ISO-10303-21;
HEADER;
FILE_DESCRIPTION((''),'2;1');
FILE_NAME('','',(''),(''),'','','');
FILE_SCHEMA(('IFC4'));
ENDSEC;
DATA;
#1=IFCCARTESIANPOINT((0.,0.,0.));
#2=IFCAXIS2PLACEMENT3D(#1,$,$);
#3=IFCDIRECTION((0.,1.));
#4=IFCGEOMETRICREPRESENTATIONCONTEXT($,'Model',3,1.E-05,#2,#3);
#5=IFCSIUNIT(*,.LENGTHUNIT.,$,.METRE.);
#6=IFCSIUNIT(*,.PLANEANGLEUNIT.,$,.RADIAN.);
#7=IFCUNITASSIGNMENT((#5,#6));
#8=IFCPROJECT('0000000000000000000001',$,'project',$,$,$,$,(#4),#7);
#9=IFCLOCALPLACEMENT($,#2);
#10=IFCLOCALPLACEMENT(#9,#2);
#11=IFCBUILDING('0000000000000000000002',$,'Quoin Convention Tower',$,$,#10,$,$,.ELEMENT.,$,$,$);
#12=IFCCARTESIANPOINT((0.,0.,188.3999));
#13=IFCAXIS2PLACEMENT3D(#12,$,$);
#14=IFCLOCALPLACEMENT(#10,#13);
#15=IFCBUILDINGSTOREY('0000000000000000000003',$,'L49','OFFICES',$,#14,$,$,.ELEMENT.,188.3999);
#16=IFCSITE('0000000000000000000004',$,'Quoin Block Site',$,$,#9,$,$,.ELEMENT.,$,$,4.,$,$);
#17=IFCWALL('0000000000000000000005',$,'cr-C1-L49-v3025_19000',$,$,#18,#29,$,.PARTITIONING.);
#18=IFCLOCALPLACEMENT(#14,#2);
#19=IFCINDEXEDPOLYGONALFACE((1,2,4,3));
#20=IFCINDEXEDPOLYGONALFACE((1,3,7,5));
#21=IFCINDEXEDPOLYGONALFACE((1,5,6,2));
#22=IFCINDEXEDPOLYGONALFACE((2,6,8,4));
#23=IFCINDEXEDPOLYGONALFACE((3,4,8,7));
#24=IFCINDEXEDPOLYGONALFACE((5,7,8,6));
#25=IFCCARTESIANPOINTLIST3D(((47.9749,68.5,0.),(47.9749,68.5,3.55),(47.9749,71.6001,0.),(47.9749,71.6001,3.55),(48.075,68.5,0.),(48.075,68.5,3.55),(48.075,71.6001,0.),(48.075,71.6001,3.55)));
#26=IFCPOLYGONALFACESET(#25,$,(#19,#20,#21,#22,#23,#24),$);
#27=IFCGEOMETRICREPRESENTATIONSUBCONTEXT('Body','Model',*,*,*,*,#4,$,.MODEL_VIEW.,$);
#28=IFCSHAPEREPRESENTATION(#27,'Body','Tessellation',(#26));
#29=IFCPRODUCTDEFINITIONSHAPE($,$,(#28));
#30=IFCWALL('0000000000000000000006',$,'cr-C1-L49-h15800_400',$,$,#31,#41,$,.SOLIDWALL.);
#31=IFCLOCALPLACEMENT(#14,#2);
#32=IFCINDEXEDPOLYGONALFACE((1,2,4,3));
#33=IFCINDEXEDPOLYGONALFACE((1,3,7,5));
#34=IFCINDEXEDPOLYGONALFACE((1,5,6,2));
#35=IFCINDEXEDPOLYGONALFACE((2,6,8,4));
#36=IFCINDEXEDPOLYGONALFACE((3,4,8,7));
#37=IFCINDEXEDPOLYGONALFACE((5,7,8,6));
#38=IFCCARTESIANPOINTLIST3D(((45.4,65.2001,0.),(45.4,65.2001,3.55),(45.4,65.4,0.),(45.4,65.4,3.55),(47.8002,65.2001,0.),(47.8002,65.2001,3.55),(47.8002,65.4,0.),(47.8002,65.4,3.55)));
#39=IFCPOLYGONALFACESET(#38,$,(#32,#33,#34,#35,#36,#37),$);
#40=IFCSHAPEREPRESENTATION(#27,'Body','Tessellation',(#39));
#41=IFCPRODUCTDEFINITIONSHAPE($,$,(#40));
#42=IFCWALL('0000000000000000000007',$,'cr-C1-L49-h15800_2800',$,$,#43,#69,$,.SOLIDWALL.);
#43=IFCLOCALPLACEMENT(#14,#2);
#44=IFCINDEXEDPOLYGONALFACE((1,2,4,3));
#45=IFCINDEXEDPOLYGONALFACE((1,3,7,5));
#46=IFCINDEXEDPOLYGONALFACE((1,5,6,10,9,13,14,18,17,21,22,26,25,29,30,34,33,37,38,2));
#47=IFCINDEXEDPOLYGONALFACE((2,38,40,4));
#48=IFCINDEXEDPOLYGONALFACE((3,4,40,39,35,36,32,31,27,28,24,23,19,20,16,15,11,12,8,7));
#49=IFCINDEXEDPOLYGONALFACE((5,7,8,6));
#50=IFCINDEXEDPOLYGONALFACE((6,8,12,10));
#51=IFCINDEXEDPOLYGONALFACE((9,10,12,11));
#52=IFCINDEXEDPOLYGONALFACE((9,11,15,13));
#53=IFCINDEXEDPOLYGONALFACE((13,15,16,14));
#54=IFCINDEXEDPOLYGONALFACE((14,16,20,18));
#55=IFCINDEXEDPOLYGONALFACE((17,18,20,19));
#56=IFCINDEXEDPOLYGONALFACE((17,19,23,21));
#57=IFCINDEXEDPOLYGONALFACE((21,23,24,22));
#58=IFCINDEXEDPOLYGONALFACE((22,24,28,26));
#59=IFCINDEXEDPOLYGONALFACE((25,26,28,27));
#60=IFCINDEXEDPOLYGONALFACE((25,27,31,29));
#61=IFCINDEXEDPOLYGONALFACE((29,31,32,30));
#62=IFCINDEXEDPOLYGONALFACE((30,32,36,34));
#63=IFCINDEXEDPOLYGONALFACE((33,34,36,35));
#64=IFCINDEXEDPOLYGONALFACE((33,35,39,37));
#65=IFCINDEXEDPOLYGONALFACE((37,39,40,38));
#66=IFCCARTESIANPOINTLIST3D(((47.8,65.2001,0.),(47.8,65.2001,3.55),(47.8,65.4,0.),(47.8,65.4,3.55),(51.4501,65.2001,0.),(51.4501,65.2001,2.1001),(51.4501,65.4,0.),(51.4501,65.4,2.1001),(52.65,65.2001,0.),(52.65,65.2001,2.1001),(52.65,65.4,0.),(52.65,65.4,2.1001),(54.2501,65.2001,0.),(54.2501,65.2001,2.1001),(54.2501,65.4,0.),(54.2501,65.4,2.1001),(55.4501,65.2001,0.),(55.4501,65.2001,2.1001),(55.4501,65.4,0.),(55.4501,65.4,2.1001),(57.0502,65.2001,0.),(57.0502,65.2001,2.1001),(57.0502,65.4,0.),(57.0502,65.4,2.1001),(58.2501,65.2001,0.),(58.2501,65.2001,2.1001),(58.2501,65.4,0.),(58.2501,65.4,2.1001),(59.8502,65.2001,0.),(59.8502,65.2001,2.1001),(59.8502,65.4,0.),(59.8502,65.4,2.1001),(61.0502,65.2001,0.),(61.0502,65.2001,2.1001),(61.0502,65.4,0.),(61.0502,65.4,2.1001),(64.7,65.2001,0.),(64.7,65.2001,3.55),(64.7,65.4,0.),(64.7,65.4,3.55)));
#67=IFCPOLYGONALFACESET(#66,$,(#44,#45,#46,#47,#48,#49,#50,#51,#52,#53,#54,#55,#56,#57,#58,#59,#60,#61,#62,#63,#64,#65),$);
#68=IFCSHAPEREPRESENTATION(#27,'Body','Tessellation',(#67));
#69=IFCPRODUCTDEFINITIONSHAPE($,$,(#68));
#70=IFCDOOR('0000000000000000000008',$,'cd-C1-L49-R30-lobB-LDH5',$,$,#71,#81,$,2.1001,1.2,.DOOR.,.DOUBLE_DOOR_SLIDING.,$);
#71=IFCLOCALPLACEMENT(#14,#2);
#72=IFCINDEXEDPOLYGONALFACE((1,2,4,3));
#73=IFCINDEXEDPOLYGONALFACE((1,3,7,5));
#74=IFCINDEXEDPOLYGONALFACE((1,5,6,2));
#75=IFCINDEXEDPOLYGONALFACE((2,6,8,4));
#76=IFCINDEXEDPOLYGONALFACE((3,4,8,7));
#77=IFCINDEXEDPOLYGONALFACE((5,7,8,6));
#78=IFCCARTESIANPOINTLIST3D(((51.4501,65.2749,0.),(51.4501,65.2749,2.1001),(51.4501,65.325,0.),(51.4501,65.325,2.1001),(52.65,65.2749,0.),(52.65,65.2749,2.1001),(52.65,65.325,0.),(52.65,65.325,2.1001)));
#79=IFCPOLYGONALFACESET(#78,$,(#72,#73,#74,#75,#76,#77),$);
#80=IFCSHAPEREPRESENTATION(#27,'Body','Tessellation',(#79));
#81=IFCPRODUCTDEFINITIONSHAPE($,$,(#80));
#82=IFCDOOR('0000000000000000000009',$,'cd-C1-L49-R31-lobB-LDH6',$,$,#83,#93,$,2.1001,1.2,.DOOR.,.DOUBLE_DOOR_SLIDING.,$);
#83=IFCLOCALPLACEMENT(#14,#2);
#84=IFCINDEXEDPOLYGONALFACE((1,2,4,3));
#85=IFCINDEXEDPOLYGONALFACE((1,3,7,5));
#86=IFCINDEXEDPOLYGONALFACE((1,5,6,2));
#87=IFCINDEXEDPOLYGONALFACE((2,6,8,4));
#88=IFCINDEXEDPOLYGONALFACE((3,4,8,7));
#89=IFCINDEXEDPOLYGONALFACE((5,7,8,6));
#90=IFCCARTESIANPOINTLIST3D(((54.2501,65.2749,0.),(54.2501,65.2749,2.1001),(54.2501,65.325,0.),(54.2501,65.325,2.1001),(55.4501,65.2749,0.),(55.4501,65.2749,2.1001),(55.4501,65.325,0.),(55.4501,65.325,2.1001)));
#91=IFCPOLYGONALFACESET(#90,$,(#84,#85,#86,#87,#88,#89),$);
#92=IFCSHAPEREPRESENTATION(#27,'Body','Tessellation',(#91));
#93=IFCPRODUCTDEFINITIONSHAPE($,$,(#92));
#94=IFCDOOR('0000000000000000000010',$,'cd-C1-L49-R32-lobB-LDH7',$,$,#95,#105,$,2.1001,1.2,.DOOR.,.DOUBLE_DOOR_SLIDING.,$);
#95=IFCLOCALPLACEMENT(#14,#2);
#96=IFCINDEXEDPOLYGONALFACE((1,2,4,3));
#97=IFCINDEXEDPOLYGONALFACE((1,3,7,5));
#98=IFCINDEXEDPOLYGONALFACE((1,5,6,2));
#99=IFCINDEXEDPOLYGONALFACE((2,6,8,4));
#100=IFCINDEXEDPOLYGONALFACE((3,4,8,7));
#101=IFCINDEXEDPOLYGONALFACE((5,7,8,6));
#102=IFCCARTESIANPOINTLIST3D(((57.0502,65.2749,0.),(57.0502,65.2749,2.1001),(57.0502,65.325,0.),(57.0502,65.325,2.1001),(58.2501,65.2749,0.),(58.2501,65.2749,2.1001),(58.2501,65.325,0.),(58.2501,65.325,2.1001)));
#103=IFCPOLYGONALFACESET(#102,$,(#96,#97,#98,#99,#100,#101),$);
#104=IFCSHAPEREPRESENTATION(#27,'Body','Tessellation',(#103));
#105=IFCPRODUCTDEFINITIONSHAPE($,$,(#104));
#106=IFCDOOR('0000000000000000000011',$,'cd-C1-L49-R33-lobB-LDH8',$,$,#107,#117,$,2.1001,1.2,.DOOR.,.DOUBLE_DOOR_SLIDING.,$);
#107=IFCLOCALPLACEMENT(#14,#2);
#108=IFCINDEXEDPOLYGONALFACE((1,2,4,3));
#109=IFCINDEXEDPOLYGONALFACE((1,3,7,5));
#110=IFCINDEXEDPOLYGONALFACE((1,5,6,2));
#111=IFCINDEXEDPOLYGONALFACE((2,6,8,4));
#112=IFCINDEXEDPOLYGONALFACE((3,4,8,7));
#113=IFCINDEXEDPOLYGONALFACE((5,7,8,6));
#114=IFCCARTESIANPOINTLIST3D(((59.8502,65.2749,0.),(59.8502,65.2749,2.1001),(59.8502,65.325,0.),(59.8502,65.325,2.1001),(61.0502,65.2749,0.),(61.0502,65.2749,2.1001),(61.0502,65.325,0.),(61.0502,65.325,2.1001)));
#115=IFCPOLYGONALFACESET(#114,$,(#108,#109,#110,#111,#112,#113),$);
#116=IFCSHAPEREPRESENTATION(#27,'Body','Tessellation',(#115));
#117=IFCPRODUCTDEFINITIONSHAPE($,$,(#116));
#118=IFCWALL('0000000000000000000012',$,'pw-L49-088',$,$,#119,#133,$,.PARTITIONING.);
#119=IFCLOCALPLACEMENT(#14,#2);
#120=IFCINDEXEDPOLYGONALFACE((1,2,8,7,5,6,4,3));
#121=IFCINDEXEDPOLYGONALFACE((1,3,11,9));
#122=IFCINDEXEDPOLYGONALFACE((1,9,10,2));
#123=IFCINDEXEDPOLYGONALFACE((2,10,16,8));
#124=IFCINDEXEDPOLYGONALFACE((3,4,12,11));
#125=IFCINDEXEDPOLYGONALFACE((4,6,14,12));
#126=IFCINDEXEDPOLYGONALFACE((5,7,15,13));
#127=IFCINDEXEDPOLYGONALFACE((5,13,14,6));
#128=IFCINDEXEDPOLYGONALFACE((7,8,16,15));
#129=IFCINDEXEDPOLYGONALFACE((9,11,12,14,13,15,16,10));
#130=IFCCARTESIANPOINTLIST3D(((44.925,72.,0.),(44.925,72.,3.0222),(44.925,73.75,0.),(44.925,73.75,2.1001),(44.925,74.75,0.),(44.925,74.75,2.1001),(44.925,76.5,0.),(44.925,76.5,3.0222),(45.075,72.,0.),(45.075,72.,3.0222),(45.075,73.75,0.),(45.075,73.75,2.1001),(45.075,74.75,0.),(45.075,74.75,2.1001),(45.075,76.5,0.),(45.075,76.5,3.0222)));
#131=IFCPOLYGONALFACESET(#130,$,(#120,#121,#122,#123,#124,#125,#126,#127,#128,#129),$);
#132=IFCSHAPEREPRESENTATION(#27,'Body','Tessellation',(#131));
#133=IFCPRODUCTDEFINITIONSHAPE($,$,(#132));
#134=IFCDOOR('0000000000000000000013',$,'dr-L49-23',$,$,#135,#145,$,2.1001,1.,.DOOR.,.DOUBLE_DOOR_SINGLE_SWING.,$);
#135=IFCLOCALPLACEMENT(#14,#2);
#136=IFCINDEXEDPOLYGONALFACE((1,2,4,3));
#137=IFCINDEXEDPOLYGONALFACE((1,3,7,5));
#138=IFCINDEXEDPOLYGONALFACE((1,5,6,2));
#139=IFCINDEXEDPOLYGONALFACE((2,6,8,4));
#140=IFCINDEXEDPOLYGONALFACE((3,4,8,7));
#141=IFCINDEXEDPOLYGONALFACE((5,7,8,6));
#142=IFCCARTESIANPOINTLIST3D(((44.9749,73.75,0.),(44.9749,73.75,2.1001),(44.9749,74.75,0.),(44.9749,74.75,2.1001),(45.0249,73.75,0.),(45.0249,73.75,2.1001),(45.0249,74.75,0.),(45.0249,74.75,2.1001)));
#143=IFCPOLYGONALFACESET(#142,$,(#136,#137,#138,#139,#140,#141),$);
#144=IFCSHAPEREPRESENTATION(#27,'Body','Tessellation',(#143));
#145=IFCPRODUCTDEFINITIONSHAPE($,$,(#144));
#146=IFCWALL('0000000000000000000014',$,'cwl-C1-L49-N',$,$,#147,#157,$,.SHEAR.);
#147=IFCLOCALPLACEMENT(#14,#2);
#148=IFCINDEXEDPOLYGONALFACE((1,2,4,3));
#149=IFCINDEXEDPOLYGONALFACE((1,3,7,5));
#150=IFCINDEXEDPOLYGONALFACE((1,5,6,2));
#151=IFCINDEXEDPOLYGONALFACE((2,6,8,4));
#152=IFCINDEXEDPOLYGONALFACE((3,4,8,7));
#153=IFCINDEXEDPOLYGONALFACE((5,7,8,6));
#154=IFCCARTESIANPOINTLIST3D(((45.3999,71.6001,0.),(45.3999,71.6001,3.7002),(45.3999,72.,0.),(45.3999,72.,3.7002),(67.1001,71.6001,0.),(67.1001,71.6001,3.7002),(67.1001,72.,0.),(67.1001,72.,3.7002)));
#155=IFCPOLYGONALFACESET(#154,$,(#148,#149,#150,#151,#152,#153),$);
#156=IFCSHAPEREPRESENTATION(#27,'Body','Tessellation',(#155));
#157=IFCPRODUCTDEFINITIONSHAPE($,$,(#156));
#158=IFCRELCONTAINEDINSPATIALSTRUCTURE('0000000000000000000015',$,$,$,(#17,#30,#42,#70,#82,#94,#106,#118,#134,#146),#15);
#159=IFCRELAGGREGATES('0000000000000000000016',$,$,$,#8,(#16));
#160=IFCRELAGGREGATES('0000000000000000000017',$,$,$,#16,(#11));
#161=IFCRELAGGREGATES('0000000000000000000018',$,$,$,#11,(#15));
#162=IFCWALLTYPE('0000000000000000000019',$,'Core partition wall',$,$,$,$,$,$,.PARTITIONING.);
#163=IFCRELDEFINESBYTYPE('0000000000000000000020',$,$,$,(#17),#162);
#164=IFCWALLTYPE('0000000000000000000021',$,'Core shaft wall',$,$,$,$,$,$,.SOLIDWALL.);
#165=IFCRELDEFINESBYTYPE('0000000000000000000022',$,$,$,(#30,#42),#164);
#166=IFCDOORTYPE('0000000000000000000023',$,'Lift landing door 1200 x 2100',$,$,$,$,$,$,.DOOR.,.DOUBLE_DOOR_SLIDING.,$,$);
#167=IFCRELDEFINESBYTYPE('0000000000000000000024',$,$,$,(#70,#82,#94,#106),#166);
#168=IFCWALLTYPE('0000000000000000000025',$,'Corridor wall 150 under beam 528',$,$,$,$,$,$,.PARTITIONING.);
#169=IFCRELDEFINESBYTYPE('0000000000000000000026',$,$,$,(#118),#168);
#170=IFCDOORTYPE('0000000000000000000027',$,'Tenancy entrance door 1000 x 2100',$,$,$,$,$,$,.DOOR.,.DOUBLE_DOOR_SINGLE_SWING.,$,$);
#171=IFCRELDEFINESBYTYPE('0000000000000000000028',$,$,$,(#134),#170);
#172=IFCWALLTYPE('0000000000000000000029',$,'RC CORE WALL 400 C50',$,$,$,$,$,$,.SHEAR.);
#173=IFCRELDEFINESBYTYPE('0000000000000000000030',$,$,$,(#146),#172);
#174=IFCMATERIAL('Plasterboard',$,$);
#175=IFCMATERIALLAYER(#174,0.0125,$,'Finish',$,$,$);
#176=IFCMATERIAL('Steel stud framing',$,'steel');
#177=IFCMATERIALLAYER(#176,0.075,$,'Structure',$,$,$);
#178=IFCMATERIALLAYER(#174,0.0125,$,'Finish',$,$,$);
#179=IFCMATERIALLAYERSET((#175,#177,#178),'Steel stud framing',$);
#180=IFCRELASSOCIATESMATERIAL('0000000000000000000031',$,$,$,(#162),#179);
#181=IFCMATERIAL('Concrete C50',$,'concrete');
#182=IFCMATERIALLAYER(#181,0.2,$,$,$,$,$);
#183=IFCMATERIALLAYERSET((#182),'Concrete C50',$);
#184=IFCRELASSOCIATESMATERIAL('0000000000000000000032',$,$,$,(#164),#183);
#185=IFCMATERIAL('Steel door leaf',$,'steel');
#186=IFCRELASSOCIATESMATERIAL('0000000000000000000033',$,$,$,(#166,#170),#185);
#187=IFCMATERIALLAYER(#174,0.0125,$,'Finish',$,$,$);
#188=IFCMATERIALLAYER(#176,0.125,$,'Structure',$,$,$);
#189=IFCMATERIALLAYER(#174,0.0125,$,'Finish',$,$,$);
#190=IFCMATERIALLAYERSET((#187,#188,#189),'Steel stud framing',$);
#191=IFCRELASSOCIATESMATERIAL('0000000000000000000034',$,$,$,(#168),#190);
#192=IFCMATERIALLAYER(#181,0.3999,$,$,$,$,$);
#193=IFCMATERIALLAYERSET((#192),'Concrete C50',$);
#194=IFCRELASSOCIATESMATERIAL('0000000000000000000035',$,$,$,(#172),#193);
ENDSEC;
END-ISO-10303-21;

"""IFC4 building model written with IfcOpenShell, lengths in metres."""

from ifc_helpers import new_model, si_unit, direction, frame, frame_2d, origin, place, context, subcontext, project, spatial, rectangle, extrude, material, layer, layer_set, type_object, element, fill, save


model = new_model("IFC4")

# Units and contexts
model_context = context("Model", 3, precision=1e-05, world=origin(), true_north=direction((0.0, 1.0)))
body_context = subcontext(model_context, "Body", "Model", "MODEL_VIEW")
ifc_project = project(units=[si_unit("LENGTHUNIT", "METRE"), si_unit("PLANEANGLEUNIT", "RADIAN")], contexts=[model_context])

# Site, building, storey
site_placement = place(None, origin())
site = spatial("IfcSite", under=ifc_project, at=site_placement, Name="Quoin Block Site", CompositionType="ELEMENT", RefElevation=4.0)
building_placement = place(site_placement, origin())
building = spatial("IfcBuilding", under=site, at=building_placement, Name="Quoin Convention Tower", CompositionType="ELEMENT")
storey_placement = place(building_placement, frame((0.0, 0.0, 188.3999)))
storey = spatial("IfcBuildingStorey", under=building, at=storey_placement, Name="L49", Description="OFFICES", CompositionType="ELEMENT", Elevation=188.3999)

# Shared definitions
ifc_material_1 = material(Name="Plasterboard")
ifc_material_2 = material(Name="Steel stud framing", Category="steel")
ifc_material_3 = material(Name="Steel door leaf", Category="steel")

# Shared definitions
ifc_layer_1 = layer(ifc_material_1, 0.0125, Name="Finish")
ifc_layer_2 = layer(ifc_material_2, 0.075, Name="Structure")
ifc_layer_3 = layer(ifc_material_1, 0.0125, Name="Finish")
ifc_layer_set_1 = layer_set([ifc_layer_1, ifc_layer_2, ifc_layer_3], Name="Steel stud framing")
wall_type_1 = type_object("IfcWallType", Name="Core partition wall", PredefinedType="PARTITIONING", material=ifc_layer_set_1)

# Walls
wall_1_placement = place(storey_placement, frame((48.0249, 68.5, 0.0), z_axis=(0.0, 0.0, 1.0), x_axis=(0.0, 1.0, 0.0)))
element("IfcWall", 1, at=wall_1_placement, inside=storey, type_object=wall_type_1, Name="cr-C1-L49-v3025_19000", PredefinedType="PARTITIONING", context=body_context, shape_type="SweptSolid", body=[
    extrude(rectangle(XDim=3.1001, YDim=0.1001, at=frame_2d((1.55, 0.0))), origin(), (0.0, 0.0, 1.0), 3.55),
])
ifc_material_4 = material(Name="Concrete C50", Category="concrete")
ifc_layer_4 = layer(ifc_material_4, 0.2)
ifc_layer_set_2 = layer_set([ifc_layer_4], Name="Concrete C50")
wall_type_2 = type_object("IfcWallType", Name="Core shaft wall", PredefinedType="SOLIDWALL", material=ifc_layer_set_2)
wall_2_placement = place(storey_placement, frame((45.3999, 65.3, 0.0), z_axis=(0.0, 0.0, 1.0), x_axis=(1.0, 0.0, 0.0)))
element("IfcWall", 2, at=wall_2_placement, inside=storey, type_object=wall_type_2, Name="cr-C1-L49-h15800_400", PredefinedType="SOLIDWALL", context=body_context, shape_type="SweptSolid", body=[
    extrude(rectangle(XDim=2.4001, YDim=0.2, at=frame_2d((1.2002, 0.0))), origin(), (0.0, 0.0, 1.0), 3.55),
])

# Wall, openings, doors
wall_3_placement = place(storey_placement, frame((47.8, 65.3, 0.0), z_axis=(0.0, 0.0, 1.0), x_axis=(1.0, 0.0, 0.0)))
wall_3 = element("IfcWall", 3, at=wall_3_placement, inside=storey, type_object=wall_type_2, Name="cr-C1-L49-h15800_2800", PredefinedType="SOLIDWALL", context=body_context, shape_type="SweptSolid", body=[
    extrude(rectangle(XDim=16.8999, YDim=0.2, at=frame_2d((8.45, 0.0))), origin(), (0.0, 0.0, 1.0), 3.55),
])
opening_1_placement = place(wall_3_placement, frame((3.6499, 0.0, 0.0)))
opening_1 = element("IfcOpeningElement", 4, at=opening_1_placement, cuts=wall_3, PredefinedType="OPENING", context=body_context, shape_type="SweptSolid", body=[
    extrude(rectangle(XDim=1.2, YDim=2.1001, at=frame_2d((0.6001, 1.05))), frame((0.0, 0.1099, 0.0), z_axis=(0.0, -1.0, 0.0), x_axis=(1.0, 0.0, 0.0)), (0.0, 0.0, 1.0), 0.22),
])
opening_2_placement = place(wall_3_placement, frame((6.45, 0.0, 0.0)))
opening_2 = element("IfcOpeningElement", 5, at=opening_2_placement, cuts=wall_3, PredefinedType="OPENING", context=body_context, shape_type="SweptSolid", body=[
    extrude(rectangle(XDim=1.2, YDim=2.1001, at=frame_2d((0.6001, 1.05))), frame((0.0, 0.1099, 0.0), z_axis=(0.0, -1.0, 0.0), x_axis=(1.0, 0.0, 0.0)), (0.0, 0.0, 1.0), 0.22),
])
opening_3_placement = place(wall_3_placement, frame((9.25, 0.0, 0.0)))
opening_3 = element("IfcOpeningElement", 6, at=opening_3_placement, cuts=wall_3, PredefinedType="OPENING", context=body_context, shape_type="SweptSolid", body=[
    extrude(rectangle(XDim=1.2, YDim=2.1001, at=frame_2d((0.6001, 1.05))), frame((0.0, 0.1099, 0.0), z_axis=(0.0, -1.0, 0.0), x_axis=(1.0, 0.0, 0.0)), (0.0, 0.0, 1.0), 0.22),
])
opening_4_placement = place(wall_3_placement, frame((12.05, 0.0, 0.0)))
opening_4 = element("IfcOpeningElement", 7, at=opening_4_placement, cuts=wall_3, PredefinedType="OPENING", context=body_context, shape_type="SweptSolid", body=[
    extrude(rectangle(XDim=1.2, YDim=2.1001, at=frame_2d((0.6001, 1.05))), frame((0.0, 0.1099, 0.0), z_axis=(0.0, -1.0, 0.0), x_axis=(1.0, 0.0, 0.0)), (0.0, 0.0, 1.0), 0.22),
])
door_type_1 = type_object("IfcDoorType", Name="Lift landing door 1200 x 2100", OperationType="DOUBLE_DOOR_SLIDING", PredefinedType="DOOR", material=ifc_material_3)
door_1_placement = place(opening_1_placement, origin())
door_1 = element("IfcDoor", 8, at=door_1_placement, inside=storey, type_object=door_type_1, Name="cd-C1-L49-R30-lobB-LDH5", OperationType="DOUBLE_DOOR_SLIDING", OverallHeight=2.1001, OverallWidth=1.2, PredefinedType="DOOR", context=body_context, shape_type="SweptSolid", body=[
    extrude(rectangle(XDim=1.2, YDim=2.1001, at=frame_2d((0.6001, 1.05))), frame((0.0, 0.0249, 0.0), z_axis=(0.0, -1.0, 0.0), x_axis=(1.0, 0.0, 0.0)), (0.0, 0.0, 1.0), 0.05),
])
fill(opening_1, door_1)
door_2_placement = place(opening_2_placement, origin())
door_2 = element("IfcDoor", 9, at=door_2_placement, inside=storey, type_object=door_type_1, Name="cd-C1-L49-R31-lobB-LDH6", OperationType="DOUBLE_DOOR_SLIDING", OverallHeight=2.1001, OverallWidth=1.2, PredefinedType="DOOR", context=body_context, shape_type="SweptSolid", body=[
    extrude(rectangle(XDim=1.2, YDim=2.1001, at=frame_2d((0.6001, 1.05))), frame((0.0, 0.0249, 0.0), z_axis=(0.0, -1.0, 0.0), x_axis=(1.0, 0.0, 0.0)), (0.0, 0.0, 1.0), 0.05),
])
fill(opening_2, door_2)
door_3_placement = place(opening_3_placement, origin())
door_3 = element("IfcDoor", 10, at=door_3_placement, inside=storey, type_object=door_type_1, Name="cd-C1-L49-R32-lobB-LDH7", OperationType="DOUBLE_DOOR_SLIDING", OverallHeight=2.1001, OverallWidth=1.2, PredefinedType="DOOR", context=body_context, shape_type="SweptSolid", body=[
    extrude(rectangle(XDim=1.2, YDim=2.1001, at=frame_2d((0.6001, 1.05))), frame((0.0, 0.0249, 0.0), z_axis=(0.0, -1.0, 0.0), x_axis=(1.0, 0.0, 0.0)), (0.0, 0.0, 1.0), 0.05),
])
fill(opening_3, door_3)
door_4_placement = place(opening_4_placement, origin())
door_4 = element("IfcDoor", 11, at=door_4_placement, inside=storey, type_object=door_type_1, Name="cd-C1-L49-R33-lobB-LDH8", OperationType="DOUBLE_DOOR_SLIDING", OverallHeight=2.1001, OverallWidth=1.2, PredefinedType="DOOR", context=body_context, shape_type="SweptSolid", body=[
    extrude(rectangle(XDim=1.2, YDim=2.1001, at=frame_2d((0.6001, 1.05))), frame((0.0, 0.0249, 0.0), z_axis=(0.0, -1.0, 0.0), x_axis=(1.0, 0.0, 0.0)), (0.0, 0.0, 1.0), 0.05),
])
fill(opening_4, door_4)

# Wall, opening, door
ifc_layer_5 = layer(ifc_material_1, 0.0125, Name="Finish")
ifc_layer_6 = layer(ifc_material_2, 0.125, Name="Structure")
ifc_layer_7 = layer(ifc_material_1, 0.0125, Name="Finish")
ifc_layer_set_3 = layer_set([ifc_layer_5, ifc_layer_6, ifc_layer_7], Name="Steel stud framing")
wall_type_3 = type_object("IfcWallType", Name="Corridor wall 150 under beam 528", PredefinedType="PARTITIONING", material=ifc_layer_set_3)
wall_4_placement = place(storey_placement, frame((45.0, 72.0, 0.0), z_axis=(0.0, 0.0, 1.0), x_axis=(0.0, 1.0, 0.0)))
wall_4 = element("IfcWall", 12, at=wall_4_placement, inside=storey, type_object=wall_type_3, Name="pw-L49-088", PredefinedType="PARTITIONING", context=body_context, shape_type="SweptSolid", body=[
    extrude(rectangle(XDim=4.5, YDim=0.1499, at=frame_2d((2.25, 0.0))), origin(), (0.0, 0.0, 1.0), 3.0222),
])
opening_5_placement = place(wall_4_placement, frame((1.75, 0.0, 0.0)))
opening_5 = element("IfcOpeningElement", 13, at=opening_5_placement, cuts=wall_4, PredefinedType="OPENING", context=body_context, shape_type="SweptSolid", body=[
    extrude(rectangle(XDim=1.0, YDim=2.1001, at=frame_2d((0.5, 1.05))), frame((0.0, 0.085, 0.0), z_axis=(0.0, -1.0, 0.0), x_axis=(1.0, 0.0, 0.0)), (0.0, 0.0, 1.0), 0.1699),
])
door_type_2 = type_object("IfcDoorType", Name="Tenancy entrance door 1000 x 2100", OperationType="DOUBLE_DOOR_SINGLE_SWING", PredefinedType="DOOR", material=ifc_material_3)
door_5_placement = place(opening_5_placement, frame((1.0, 0.0, 0.0), z_axis=(0.0, 0.0, 1.0), x_axis=(-1.0, 0.0, 0.0)))
door_5 = element("IfcDoor", 14, at=door_5_placement, inside=storey, type_object=door_type_2, Name="dr-L49-23", OperationType="DOUBLE_DOOR_SINGLE_SWING", OverallHeight=2.1001, OverallWidth=1.0, PredefinedType="DOOR", context=body_context, shape_type="SweptSolid", body=[
    extrude(rectangle(XDim=1.0, YDim=2.1001, at=frame_2d((0.5, 1.05))), frame((0.0, 0.0249, 0.0), z_axis=(0.0, -1.0, 0.0), x_axis=(1.0, 0.0, 0.0)), (0.0, 0.0, 1.0), 0.05),
])
fill(opening_5, door_5)

# Wall
ifc_layer_8 = layer(ifc_material_4, 0.3999)
ifc_layer_set_4 = layer_set([ifc_layer_8], Name="Concrete C50")
wall_type_4 = type_object("IfcWallType", Name="RC CORE WALL 400 C50", PredefinedType="SHEAR", material=ifc_layer_set_4)
wall_5_placement = place(storey_placement, frame((45.3999, 71.8, 0.0), z_axis=(0.0, 0.0, 1.0), x_axis=(1.0, 0.0, 0.0)))
element("IfcWall", 15, at=wall_5_placement, inside=storey, type_object=wall_type_4, Name="cwl-C1-L49-N", PredefinedType="SHEAR", context=body_context, shape_type="SweptSolid", body=[
    extrude(rectangle(XDim=21.7002, YDim=0.3999, at=frame_2d((10.8501, 0.0))), origin(), (0.0, 0.0, 1.0), 3.7002),
])

save(model, "model.ifc")
